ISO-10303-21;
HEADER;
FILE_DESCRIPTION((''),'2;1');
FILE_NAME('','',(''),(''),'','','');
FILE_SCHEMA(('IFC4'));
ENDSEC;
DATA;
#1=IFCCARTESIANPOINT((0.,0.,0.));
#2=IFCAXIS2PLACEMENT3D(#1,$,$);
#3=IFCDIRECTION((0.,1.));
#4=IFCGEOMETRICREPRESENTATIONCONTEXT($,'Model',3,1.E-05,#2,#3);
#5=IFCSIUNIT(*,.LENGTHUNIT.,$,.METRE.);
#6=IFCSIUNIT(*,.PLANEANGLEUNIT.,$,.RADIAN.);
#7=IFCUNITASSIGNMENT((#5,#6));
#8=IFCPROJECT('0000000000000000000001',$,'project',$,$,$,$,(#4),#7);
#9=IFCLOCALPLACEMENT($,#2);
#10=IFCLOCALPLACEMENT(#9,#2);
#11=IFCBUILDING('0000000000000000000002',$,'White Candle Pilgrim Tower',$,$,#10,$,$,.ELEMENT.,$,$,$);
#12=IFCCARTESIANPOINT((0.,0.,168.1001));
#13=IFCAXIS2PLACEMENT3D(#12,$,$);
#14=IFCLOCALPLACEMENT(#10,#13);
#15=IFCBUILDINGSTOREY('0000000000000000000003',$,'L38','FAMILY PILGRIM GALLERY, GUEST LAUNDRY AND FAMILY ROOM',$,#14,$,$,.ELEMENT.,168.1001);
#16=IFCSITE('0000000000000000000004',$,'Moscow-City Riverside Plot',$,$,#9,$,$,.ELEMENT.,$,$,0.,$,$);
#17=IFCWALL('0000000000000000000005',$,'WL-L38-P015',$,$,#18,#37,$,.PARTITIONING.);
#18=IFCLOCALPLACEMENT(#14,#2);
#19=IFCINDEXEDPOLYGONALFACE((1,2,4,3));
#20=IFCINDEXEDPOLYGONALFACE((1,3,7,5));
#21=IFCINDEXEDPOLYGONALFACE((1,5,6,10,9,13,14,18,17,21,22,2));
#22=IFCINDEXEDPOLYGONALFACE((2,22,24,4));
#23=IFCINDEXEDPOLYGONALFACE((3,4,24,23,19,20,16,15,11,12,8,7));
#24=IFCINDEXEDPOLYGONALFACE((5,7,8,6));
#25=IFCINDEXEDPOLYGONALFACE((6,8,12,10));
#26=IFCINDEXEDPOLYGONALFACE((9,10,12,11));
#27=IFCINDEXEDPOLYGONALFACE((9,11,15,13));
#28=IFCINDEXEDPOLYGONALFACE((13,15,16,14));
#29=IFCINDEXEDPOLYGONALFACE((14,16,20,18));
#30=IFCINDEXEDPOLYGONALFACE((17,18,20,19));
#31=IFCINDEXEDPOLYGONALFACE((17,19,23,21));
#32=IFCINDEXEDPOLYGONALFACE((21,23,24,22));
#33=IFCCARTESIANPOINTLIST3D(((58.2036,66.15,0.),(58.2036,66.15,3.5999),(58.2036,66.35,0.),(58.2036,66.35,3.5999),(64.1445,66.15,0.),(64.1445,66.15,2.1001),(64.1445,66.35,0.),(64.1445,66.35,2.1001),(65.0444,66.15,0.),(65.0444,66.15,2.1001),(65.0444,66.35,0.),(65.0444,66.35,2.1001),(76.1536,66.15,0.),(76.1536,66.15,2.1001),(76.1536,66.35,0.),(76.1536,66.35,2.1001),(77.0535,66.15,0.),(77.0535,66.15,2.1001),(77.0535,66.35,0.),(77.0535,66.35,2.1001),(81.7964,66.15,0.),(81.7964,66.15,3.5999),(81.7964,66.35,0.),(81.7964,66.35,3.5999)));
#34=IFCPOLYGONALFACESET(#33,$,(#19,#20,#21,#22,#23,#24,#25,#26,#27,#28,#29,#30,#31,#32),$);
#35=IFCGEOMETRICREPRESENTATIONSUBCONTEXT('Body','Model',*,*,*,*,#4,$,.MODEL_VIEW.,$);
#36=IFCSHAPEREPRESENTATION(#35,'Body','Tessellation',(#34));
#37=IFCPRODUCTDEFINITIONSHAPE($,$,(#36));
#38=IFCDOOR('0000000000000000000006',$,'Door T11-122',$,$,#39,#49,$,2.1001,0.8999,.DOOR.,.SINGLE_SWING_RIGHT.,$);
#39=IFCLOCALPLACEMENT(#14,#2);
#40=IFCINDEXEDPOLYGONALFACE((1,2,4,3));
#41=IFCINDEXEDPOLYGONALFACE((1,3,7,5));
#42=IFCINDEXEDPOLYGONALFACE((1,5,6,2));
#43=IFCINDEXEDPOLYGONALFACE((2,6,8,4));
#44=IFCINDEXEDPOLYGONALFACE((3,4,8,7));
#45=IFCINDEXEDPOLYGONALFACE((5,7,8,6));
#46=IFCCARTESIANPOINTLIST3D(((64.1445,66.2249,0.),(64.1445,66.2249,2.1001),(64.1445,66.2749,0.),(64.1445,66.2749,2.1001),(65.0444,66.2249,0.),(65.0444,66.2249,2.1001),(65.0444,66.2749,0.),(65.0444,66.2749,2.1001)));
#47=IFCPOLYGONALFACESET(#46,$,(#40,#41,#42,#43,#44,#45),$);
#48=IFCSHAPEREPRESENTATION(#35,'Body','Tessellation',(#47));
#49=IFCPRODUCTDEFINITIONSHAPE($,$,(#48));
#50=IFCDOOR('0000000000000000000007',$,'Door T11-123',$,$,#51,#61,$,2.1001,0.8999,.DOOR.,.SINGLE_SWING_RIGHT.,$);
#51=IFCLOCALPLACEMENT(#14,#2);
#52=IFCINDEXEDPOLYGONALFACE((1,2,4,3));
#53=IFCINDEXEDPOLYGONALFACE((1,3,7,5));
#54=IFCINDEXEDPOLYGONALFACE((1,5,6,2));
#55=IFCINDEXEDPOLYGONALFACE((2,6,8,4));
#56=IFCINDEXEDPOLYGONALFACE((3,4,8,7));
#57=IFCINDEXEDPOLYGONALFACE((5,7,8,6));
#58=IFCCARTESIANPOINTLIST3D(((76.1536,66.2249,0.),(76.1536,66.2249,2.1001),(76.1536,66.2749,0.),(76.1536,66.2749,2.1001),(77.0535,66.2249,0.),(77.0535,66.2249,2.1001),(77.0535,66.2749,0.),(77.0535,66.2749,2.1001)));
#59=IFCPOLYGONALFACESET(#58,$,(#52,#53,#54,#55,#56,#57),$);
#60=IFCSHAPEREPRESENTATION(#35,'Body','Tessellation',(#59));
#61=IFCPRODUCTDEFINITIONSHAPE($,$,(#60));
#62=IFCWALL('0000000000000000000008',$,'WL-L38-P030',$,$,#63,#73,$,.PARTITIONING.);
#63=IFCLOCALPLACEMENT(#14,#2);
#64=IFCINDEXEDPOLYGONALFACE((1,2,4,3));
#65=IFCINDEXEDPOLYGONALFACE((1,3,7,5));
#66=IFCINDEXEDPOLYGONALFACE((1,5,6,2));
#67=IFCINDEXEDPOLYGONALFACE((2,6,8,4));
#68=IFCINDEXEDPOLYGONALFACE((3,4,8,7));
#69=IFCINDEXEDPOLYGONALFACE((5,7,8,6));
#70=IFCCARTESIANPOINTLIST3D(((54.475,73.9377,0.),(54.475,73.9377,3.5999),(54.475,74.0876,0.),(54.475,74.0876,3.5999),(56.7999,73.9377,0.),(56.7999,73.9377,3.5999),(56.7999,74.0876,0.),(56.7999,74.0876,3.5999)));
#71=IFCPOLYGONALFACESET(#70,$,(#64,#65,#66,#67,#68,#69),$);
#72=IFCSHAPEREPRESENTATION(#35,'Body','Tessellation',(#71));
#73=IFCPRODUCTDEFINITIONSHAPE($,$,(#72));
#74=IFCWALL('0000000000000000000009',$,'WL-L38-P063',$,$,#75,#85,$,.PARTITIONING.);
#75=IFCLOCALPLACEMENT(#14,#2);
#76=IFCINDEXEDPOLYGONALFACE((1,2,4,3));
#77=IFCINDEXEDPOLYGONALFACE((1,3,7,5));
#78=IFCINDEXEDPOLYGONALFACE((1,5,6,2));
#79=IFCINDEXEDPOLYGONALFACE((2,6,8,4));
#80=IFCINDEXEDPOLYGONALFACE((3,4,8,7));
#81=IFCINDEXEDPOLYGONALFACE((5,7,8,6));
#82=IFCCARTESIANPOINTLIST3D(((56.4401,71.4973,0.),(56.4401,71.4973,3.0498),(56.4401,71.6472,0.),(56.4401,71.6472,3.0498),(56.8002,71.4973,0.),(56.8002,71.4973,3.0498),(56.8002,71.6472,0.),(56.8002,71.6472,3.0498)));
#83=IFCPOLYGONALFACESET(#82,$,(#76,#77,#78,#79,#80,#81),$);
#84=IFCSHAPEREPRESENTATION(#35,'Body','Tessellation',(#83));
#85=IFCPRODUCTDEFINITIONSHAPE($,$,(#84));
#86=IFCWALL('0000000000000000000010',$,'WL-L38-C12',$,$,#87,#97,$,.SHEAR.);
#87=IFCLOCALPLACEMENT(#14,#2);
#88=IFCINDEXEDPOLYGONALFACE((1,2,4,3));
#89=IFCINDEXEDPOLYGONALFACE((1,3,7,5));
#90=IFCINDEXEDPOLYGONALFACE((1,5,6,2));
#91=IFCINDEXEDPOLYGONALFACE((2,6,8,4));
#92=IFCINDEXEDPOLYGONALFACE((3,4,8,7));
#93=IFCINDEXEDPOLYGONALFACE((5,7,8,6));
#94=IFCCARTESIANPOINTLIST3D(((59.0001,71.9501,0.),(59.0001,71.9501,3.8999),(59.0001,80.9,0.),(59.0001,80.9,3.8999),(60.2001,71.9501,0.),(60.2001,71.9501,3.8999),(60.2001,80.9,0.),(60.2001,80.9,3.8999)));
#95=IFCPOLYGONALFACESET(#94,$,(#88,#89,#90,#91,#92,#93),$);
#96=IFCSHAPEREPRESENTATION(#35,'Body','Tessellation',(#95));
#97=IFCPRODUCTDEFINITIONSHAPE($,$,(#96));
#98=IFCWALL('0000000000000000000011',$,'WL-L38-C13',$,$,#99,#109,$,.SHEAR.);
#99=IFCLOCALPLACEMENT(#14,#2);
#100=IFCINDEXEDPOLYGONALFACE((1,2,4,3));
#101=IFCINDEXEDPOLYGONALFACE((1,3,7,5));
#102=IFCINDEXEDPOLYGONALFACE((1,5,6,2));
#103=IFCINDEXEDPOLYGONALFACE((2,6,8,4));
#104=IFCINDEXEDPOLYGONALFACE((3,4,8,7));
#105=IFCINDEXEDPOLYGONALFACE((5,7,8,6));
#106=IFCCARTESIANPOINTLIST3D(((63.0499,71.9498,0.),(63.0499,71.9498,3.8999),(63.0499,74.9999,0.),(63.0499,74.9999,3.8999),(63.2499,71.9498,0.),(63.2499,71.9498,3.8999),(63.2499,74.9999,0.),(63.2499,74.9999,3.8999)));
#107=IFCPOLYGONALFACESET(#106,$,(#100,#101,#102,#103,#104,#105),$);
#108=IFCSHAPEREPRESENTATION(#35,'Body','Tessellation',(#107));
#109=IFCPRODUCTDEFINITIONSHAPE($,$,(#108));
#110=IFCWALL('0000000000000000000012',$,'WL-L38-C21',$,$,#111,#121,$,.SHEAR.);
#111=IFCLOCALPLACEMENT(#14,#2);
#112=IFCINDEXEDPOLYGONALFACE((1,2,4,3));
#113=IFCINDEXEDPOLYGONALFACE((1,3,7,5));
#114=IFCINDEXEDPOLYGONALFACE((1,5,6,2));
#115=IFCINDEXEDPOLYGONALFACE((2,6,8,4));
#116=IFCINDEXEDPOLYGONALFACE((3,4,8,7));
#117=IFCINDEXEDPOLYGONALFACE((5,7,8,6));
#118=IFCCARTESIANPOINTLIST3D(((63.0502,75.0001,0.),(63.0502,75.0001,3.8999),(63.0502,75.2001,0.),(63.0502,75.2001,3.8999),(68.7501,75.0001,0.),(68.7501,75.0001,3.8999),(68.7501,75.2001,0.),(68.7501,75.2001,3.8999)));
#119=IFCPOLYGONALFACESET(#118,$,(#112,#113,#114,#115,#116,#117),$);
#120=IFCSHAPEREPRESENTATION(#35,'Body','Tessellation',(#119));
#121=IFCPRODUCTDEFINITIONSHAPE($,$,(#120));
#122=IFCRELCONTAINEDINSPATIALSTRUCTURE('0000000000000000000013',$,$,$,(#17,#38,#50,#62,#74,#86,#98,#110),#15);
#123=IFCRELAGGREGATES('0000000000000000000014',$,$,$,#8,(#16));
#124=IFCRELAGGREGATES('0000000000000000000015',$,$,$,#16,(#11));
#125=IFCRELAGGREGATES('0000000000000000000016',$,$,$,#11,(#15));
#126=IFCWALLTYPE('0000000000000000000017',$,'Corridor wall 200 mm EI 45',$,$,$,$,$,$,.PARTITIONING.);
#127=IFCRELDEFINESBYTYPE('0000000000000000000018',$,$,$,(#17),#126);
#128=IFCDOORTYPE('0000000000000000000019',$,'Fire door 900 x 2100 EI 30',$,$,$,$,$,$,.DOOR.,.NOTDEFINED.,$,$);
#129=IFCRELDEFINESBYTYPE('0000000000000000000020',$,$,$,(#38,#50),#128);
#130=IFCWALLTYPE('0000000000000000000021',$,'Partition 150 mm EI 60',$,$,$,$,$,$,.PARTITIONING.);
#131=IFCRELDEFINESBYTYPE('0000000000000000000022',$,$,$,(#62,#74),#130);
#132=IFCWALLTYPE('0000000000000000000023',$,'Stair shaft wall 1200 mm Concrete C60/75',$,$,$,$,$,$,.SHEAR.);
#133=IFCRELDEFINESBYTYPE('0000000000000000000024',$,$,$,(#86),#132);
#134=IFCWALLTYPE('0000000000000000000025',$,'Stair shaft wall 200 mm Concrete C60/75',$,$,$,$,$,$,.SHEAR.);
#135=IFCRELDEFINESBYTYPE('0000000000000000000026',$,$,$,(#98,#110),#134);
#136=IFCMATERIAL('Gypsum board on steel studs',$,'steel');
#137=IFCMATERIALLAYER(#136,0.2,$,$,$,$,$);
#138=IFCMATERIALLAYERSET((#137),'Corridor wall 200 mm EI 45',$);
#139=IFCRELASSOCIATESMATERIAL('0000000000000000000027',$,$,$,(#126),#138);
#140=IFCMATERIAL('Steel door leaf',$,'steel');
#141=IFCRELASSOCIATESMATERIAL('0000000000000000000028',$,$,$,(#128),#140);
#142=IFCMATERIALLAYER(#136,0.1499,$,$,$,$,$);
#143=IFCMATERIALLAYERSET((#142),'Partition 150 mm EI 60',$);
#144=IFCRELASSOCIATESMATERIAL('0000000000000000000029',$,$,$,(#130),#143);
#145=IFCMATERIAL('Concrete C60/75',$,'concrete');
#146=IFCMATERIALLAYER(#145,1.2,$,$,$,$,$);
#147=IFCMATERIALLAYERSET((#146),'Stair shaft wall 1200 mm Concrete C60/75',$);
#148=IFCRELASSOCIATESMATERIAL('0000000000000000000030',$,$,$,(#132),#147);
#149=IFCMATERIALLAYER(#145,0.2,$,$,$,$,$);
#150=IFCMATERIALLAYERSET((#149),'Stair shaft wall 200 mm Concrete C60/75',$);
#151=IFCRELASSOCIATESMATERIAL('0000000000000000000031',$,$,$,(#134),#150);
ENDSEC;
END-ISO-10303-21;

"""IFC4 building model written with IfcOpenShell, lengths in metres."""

from ifc_helpers import new_model, si_unit, direction, frame, frame_2d, origin, place, context, subcontext, project, spatial, rectangle, extrude, material, layer, layer_set, type_object, element, fill, save


model = new_model("IFC4")

# Units and contexts
model_context = context("Model", 3, precision=1e-05, world=origin(), true_north=direction((0.0, 1.0)))
body_context = subcontext(model_context, "Body", "Model", "MODEL_VIEW")
ifc_project = project(units=[si_unit("LENGTHUNIT", "METRE"), si_unit("PLANEANGLEUNIT", "RADIAN")], contexts=[model_context])

# Site, building, storey
site_placement = place(None, origin())
site = spatial("IfcSite", under=ifc_project, at=site_placement, Name="Moscow-City Riverside Plot", CompositionType="ELEMENT", RefElevation=0.0)
building_placement = place(site_placement, origin())
building = spatial("IfcBuilding", under=site, at=building_placement, Name="White Candle Pilgrim Tower", CompositionType="ELEMENT")
storey_placement = place(building_placement, frame((0.0, 0.0, 168.1001)))
storey = spatial("IfcBuildingStorey", under=building, at=storey_placement, Name="L38", Description="FAMILY PILGRIM GALLERY, GUEST LAUNDRY AND FAMILY ROOM", CompositionType="ELEMENT", Elevation=168.1001)

# Shared definitions
ifc_material_1 = material(Name="Gypsum board on steel studs", Category="steel")
ifc_layer_1 = layer(ifc_material_1, 0.2)
ifc_layer_set_1 = layer_set([ifc_layer_1], Name="Corridor wall 200 mm EI 45")
wall_type_1 = type_object("IfcWallType", Name="Corridor wall 200 mm EI 45", PredefinedType="PARTITIONING", material=ifc_layer_set_1)
ifc_material_2 = material(Name="Steel door leaf", Category="steel")
door_type_1 = type_object("IfcDoorType", Name="Fire door 900 x 2100 EI 30", OperationType="NOTDEFINED", PredefinedType="DOOR", material=ifc_material_2)

# Wall, openings, doors
wall_1_placement = place(storey_placement, frame((58.2036, 66.25, 0.0), z_axis=(0.0, 0.0, 1.0), x_axis=(1.0, 0.0, 0.0)))
wall_1 = element("IfcWall", 1, at=wall_1_placement, inside=storey, type_object=wall_type_1, Name="WL-L38-P015", PredefinedType="PARTITIONING", context=body_context, shape_type="SweptSolid", body=[
    extrude(rectangle(XDim=23.5928, YDim=0.2, at=frame_2d((11.7964, 0.0))), origin(), (0.0, 0.0, 1.0), 3.5999),
])
opening_1_placement = place(wall_1_placement, frame((5.9409, 0.0, 0.0)))
opening_1 = element("IfcOpeningElement", 2, at=opening_1_placement, cuts=wall_1, PredefinedType="OPENING", context=body_context, shape_type="SweptSolid", body=[
    extrude(rectangle(XDim=0.8999, YDim=2.1001, at=frame_2d((0.45, 1.05))), frame((0.0, 0.1099, 0.0), z_axis=(0.0, -1.0, 0.0), x_axis=(1.0, 0.0, 0.0)), (0.0, 0.0, 1.0), 0.22),
])
opening_2_placement = place(wall_1_placement, frame((17.95, 0.0, 0.0)))
opening_2 = element("IfcOpeningElement", 3, at=opening_2_placement, cuts=wall_1, PredefinedType="OPENING", context=body_context, shape_type="SweptSolid", body=[
    extrude(rectangle(XDim=0.8999, YDim=2.1001, at=frame_2d((0.45, 1.05))), frame((0.0, 0.1099, 0.0), z_axis=(0.0, -1.0, 0.0), x_axis=(1.0, 0.0, 0.0)), (0.0, 0.0, 1.0), 0.22),
])
door_1_placement = place(opening_1_placement, origin())
door_1 = element("IfcDoor", 4, at=door_1_placement, inside=storey, type_object=door_type_1, Name="Door T11-122", OperationType="SINGLE_SWING_RIGHT", OverallHeight=2.1001, OverallWidth=0.8999, PredefinedType="DOOR", context=body_context, shape_type="SweptSolid", body=[
    extrude(rectangle(XDim=0.8999, YDim=2.1001, at=frame_2d((0.45, 1.05))), frame((0.0, 0.0249, 0.0), z_axis=(0.0, -1.0, 0.0), x_axis=(1.0, 0.0, 0.0)), (0.0, 0.0, 1.0), 0.05),
])
fill(opening_1, door_1)
door_2_placement = place(opening_2_placement, origin())
door_2 = element("IfcDoor", 5, at=door_2_placement, inside=storey, type_object=door_type_1, Name="Door T11-123", OperationType="SINGLE_SWING_RIGHT", OverallHeight=2.1001, OverallWidth=0.8999, PredefinedType="DOOR", context=body_context, shape_type="SweptSolid", body=[
    extrude(rectangle(XDim=0.8999, YDim=2.1001, at=frame_2d((0.45, 1.05))), frame((0.0, 0.0249, 0.0), z_axis=(0.0, -1.0, 0.0), x_axis=(1.0, 0.0, 0.0)), (0.0, 0.0, 1.0), 0.05),
])
fill(opening_2, door_2)

# Walls
ifc_layer_2 = layer(ifc_material_1, 0.1499)
ifc_layer_set_2 = layer_set([ifc_layer_2], Name="Partition 150 mm EI 60")
wall_type_2 = type_object("IfcWallType", Name="Partition 150 mm EI 60", PredefinedType="PARTITIONING", material=ifc_layer_set_2)
wall_2_placement = place(storey_placement, frame((56.8, 74.0127, 0.0), z_axis=(0.0, 0.0, 1.0), x_axis=(-1.0, 0.0, 0.0)))
element("IfcWall", 6, at=wall_2_placement, inside=storey, type_object=wall_type_2, Name="WL-L38-P030", PredefinedType="PARTITIONING", context=body_context, shape_type="SweptSolid", body=[
    extrude(rectangle(XDim=2.325, YDim=0.1499, at=frame_2d((1.1626, 0.0))), origin(), (0.0, 0.0, 1.0), 3.5999),
])
wall_3_placement = place(storey_placement, frame((56.4399, 71.5723, 0.0), z_axis=(0.0, 0.0, 1.0), x_axis=(1.0, 0.0, 0.0)))
element("IfcWall", 7, at=wall_3_placement, inside=storey, type_object=wall_type_2, Name="WL-L38-P063", PredefinedType="PARTITIONING", context=body_context, shape_type="SweptSolid", body=[
    extrude(rectangle(XDim=0.3601, YDim=0.1499, at=frame_2d((0.1802, 0.0))), origin(), (0.0, 0.0, 1.0), 3.0498),
])
ifc_material_3 = material(Name="Concrete C60/75", Category="concrete")
ifc_layer_3 = layer(ifc_material_3, 1.2)
ifc_layer_set_3 = layer_set([ifc_layer_3], Name="Stair shaft wall 1200 mm Concrete C60/75")
wall_type_3 = type_object("IfcWallType", Name="Stair shaft wall 1200 mm Concrete C60/75", PredefinedType="SHEAR", material=ifc_layer_set_3)
wall_4_placement = place(storey_placement, frame((59.6001, 71.95, 0.0), z_axis=(0.0, 0.0, 1.0), x_axis=(0.0, 1.0, 0.0)))
element("IfcWall", 8, at=wall_4_placement, inside=storey, type_object=wall_type_3, Name="WL-L38-C12", PredefinedType="SHEAR", context=body_context, shape_type="SweptSolid", body=[
    extrude(rectangle(XDim=8.95, YDim=1.2, at=frame_2d((4.4751, 0.0))), origin(), (0.0, 0.0, 1.0), 3.8999),
])
ifc_layer_4 = layer(ifc_material_3, 0.2)
ifc_layer_set_4 = layer_set([ifc_layer_4], Name="Stair shaft wall 200 mm Concrete C60/75")
wall_type_4 = type_object("IfcWallType", Name="Stair shaft wall 200 mm Concrete C60/75", PredefinedType="SHEAR", material=ifc_layer_set_4)
wall_5_placement = place(storey_placement, frame((63.1499, 71.95, 0.0), z_axis=(0.0, 0.0, 1.0), x_axis=(0.0, 1.0, 0.0)))
element("IfcWall", 9, at=wall_5_placement, inside=storey, type_object=wall_type_4, Name="WL-L38-C13", PredefinedType="SHEAR", context=body_context, shape_type="SweptSolid", body=[
    extrude(rectangle(XDim=3.05, YDim=0.2, at=frame_2d((1.5249, 0.0))), origin(), (0.0, 0.0, 1.0), 3.8999),
])
wall_6_placement = place(storey_placement, frame((63.05, 75.1001, 0.0), z_axis=(0.0, 0.0, 1.0), x_axis=(1.0, 0.0, 0.0)))
element("IfcWall", 10, at=wall_6_placement, inside=storey, type_object=wall_type_4, Name="WL-L38-C21", PredefinedType="SHEAR", context=body_context, shape_type="SweptSolid", body=[
    extrude(rectangle(XDim=5.7, YDim=0.2, at=frame_2d((2.8501, 0.0))), origin(), (0.0, 0.0, 1.0), 3.8999),
])

save(model, "model.ifc")
